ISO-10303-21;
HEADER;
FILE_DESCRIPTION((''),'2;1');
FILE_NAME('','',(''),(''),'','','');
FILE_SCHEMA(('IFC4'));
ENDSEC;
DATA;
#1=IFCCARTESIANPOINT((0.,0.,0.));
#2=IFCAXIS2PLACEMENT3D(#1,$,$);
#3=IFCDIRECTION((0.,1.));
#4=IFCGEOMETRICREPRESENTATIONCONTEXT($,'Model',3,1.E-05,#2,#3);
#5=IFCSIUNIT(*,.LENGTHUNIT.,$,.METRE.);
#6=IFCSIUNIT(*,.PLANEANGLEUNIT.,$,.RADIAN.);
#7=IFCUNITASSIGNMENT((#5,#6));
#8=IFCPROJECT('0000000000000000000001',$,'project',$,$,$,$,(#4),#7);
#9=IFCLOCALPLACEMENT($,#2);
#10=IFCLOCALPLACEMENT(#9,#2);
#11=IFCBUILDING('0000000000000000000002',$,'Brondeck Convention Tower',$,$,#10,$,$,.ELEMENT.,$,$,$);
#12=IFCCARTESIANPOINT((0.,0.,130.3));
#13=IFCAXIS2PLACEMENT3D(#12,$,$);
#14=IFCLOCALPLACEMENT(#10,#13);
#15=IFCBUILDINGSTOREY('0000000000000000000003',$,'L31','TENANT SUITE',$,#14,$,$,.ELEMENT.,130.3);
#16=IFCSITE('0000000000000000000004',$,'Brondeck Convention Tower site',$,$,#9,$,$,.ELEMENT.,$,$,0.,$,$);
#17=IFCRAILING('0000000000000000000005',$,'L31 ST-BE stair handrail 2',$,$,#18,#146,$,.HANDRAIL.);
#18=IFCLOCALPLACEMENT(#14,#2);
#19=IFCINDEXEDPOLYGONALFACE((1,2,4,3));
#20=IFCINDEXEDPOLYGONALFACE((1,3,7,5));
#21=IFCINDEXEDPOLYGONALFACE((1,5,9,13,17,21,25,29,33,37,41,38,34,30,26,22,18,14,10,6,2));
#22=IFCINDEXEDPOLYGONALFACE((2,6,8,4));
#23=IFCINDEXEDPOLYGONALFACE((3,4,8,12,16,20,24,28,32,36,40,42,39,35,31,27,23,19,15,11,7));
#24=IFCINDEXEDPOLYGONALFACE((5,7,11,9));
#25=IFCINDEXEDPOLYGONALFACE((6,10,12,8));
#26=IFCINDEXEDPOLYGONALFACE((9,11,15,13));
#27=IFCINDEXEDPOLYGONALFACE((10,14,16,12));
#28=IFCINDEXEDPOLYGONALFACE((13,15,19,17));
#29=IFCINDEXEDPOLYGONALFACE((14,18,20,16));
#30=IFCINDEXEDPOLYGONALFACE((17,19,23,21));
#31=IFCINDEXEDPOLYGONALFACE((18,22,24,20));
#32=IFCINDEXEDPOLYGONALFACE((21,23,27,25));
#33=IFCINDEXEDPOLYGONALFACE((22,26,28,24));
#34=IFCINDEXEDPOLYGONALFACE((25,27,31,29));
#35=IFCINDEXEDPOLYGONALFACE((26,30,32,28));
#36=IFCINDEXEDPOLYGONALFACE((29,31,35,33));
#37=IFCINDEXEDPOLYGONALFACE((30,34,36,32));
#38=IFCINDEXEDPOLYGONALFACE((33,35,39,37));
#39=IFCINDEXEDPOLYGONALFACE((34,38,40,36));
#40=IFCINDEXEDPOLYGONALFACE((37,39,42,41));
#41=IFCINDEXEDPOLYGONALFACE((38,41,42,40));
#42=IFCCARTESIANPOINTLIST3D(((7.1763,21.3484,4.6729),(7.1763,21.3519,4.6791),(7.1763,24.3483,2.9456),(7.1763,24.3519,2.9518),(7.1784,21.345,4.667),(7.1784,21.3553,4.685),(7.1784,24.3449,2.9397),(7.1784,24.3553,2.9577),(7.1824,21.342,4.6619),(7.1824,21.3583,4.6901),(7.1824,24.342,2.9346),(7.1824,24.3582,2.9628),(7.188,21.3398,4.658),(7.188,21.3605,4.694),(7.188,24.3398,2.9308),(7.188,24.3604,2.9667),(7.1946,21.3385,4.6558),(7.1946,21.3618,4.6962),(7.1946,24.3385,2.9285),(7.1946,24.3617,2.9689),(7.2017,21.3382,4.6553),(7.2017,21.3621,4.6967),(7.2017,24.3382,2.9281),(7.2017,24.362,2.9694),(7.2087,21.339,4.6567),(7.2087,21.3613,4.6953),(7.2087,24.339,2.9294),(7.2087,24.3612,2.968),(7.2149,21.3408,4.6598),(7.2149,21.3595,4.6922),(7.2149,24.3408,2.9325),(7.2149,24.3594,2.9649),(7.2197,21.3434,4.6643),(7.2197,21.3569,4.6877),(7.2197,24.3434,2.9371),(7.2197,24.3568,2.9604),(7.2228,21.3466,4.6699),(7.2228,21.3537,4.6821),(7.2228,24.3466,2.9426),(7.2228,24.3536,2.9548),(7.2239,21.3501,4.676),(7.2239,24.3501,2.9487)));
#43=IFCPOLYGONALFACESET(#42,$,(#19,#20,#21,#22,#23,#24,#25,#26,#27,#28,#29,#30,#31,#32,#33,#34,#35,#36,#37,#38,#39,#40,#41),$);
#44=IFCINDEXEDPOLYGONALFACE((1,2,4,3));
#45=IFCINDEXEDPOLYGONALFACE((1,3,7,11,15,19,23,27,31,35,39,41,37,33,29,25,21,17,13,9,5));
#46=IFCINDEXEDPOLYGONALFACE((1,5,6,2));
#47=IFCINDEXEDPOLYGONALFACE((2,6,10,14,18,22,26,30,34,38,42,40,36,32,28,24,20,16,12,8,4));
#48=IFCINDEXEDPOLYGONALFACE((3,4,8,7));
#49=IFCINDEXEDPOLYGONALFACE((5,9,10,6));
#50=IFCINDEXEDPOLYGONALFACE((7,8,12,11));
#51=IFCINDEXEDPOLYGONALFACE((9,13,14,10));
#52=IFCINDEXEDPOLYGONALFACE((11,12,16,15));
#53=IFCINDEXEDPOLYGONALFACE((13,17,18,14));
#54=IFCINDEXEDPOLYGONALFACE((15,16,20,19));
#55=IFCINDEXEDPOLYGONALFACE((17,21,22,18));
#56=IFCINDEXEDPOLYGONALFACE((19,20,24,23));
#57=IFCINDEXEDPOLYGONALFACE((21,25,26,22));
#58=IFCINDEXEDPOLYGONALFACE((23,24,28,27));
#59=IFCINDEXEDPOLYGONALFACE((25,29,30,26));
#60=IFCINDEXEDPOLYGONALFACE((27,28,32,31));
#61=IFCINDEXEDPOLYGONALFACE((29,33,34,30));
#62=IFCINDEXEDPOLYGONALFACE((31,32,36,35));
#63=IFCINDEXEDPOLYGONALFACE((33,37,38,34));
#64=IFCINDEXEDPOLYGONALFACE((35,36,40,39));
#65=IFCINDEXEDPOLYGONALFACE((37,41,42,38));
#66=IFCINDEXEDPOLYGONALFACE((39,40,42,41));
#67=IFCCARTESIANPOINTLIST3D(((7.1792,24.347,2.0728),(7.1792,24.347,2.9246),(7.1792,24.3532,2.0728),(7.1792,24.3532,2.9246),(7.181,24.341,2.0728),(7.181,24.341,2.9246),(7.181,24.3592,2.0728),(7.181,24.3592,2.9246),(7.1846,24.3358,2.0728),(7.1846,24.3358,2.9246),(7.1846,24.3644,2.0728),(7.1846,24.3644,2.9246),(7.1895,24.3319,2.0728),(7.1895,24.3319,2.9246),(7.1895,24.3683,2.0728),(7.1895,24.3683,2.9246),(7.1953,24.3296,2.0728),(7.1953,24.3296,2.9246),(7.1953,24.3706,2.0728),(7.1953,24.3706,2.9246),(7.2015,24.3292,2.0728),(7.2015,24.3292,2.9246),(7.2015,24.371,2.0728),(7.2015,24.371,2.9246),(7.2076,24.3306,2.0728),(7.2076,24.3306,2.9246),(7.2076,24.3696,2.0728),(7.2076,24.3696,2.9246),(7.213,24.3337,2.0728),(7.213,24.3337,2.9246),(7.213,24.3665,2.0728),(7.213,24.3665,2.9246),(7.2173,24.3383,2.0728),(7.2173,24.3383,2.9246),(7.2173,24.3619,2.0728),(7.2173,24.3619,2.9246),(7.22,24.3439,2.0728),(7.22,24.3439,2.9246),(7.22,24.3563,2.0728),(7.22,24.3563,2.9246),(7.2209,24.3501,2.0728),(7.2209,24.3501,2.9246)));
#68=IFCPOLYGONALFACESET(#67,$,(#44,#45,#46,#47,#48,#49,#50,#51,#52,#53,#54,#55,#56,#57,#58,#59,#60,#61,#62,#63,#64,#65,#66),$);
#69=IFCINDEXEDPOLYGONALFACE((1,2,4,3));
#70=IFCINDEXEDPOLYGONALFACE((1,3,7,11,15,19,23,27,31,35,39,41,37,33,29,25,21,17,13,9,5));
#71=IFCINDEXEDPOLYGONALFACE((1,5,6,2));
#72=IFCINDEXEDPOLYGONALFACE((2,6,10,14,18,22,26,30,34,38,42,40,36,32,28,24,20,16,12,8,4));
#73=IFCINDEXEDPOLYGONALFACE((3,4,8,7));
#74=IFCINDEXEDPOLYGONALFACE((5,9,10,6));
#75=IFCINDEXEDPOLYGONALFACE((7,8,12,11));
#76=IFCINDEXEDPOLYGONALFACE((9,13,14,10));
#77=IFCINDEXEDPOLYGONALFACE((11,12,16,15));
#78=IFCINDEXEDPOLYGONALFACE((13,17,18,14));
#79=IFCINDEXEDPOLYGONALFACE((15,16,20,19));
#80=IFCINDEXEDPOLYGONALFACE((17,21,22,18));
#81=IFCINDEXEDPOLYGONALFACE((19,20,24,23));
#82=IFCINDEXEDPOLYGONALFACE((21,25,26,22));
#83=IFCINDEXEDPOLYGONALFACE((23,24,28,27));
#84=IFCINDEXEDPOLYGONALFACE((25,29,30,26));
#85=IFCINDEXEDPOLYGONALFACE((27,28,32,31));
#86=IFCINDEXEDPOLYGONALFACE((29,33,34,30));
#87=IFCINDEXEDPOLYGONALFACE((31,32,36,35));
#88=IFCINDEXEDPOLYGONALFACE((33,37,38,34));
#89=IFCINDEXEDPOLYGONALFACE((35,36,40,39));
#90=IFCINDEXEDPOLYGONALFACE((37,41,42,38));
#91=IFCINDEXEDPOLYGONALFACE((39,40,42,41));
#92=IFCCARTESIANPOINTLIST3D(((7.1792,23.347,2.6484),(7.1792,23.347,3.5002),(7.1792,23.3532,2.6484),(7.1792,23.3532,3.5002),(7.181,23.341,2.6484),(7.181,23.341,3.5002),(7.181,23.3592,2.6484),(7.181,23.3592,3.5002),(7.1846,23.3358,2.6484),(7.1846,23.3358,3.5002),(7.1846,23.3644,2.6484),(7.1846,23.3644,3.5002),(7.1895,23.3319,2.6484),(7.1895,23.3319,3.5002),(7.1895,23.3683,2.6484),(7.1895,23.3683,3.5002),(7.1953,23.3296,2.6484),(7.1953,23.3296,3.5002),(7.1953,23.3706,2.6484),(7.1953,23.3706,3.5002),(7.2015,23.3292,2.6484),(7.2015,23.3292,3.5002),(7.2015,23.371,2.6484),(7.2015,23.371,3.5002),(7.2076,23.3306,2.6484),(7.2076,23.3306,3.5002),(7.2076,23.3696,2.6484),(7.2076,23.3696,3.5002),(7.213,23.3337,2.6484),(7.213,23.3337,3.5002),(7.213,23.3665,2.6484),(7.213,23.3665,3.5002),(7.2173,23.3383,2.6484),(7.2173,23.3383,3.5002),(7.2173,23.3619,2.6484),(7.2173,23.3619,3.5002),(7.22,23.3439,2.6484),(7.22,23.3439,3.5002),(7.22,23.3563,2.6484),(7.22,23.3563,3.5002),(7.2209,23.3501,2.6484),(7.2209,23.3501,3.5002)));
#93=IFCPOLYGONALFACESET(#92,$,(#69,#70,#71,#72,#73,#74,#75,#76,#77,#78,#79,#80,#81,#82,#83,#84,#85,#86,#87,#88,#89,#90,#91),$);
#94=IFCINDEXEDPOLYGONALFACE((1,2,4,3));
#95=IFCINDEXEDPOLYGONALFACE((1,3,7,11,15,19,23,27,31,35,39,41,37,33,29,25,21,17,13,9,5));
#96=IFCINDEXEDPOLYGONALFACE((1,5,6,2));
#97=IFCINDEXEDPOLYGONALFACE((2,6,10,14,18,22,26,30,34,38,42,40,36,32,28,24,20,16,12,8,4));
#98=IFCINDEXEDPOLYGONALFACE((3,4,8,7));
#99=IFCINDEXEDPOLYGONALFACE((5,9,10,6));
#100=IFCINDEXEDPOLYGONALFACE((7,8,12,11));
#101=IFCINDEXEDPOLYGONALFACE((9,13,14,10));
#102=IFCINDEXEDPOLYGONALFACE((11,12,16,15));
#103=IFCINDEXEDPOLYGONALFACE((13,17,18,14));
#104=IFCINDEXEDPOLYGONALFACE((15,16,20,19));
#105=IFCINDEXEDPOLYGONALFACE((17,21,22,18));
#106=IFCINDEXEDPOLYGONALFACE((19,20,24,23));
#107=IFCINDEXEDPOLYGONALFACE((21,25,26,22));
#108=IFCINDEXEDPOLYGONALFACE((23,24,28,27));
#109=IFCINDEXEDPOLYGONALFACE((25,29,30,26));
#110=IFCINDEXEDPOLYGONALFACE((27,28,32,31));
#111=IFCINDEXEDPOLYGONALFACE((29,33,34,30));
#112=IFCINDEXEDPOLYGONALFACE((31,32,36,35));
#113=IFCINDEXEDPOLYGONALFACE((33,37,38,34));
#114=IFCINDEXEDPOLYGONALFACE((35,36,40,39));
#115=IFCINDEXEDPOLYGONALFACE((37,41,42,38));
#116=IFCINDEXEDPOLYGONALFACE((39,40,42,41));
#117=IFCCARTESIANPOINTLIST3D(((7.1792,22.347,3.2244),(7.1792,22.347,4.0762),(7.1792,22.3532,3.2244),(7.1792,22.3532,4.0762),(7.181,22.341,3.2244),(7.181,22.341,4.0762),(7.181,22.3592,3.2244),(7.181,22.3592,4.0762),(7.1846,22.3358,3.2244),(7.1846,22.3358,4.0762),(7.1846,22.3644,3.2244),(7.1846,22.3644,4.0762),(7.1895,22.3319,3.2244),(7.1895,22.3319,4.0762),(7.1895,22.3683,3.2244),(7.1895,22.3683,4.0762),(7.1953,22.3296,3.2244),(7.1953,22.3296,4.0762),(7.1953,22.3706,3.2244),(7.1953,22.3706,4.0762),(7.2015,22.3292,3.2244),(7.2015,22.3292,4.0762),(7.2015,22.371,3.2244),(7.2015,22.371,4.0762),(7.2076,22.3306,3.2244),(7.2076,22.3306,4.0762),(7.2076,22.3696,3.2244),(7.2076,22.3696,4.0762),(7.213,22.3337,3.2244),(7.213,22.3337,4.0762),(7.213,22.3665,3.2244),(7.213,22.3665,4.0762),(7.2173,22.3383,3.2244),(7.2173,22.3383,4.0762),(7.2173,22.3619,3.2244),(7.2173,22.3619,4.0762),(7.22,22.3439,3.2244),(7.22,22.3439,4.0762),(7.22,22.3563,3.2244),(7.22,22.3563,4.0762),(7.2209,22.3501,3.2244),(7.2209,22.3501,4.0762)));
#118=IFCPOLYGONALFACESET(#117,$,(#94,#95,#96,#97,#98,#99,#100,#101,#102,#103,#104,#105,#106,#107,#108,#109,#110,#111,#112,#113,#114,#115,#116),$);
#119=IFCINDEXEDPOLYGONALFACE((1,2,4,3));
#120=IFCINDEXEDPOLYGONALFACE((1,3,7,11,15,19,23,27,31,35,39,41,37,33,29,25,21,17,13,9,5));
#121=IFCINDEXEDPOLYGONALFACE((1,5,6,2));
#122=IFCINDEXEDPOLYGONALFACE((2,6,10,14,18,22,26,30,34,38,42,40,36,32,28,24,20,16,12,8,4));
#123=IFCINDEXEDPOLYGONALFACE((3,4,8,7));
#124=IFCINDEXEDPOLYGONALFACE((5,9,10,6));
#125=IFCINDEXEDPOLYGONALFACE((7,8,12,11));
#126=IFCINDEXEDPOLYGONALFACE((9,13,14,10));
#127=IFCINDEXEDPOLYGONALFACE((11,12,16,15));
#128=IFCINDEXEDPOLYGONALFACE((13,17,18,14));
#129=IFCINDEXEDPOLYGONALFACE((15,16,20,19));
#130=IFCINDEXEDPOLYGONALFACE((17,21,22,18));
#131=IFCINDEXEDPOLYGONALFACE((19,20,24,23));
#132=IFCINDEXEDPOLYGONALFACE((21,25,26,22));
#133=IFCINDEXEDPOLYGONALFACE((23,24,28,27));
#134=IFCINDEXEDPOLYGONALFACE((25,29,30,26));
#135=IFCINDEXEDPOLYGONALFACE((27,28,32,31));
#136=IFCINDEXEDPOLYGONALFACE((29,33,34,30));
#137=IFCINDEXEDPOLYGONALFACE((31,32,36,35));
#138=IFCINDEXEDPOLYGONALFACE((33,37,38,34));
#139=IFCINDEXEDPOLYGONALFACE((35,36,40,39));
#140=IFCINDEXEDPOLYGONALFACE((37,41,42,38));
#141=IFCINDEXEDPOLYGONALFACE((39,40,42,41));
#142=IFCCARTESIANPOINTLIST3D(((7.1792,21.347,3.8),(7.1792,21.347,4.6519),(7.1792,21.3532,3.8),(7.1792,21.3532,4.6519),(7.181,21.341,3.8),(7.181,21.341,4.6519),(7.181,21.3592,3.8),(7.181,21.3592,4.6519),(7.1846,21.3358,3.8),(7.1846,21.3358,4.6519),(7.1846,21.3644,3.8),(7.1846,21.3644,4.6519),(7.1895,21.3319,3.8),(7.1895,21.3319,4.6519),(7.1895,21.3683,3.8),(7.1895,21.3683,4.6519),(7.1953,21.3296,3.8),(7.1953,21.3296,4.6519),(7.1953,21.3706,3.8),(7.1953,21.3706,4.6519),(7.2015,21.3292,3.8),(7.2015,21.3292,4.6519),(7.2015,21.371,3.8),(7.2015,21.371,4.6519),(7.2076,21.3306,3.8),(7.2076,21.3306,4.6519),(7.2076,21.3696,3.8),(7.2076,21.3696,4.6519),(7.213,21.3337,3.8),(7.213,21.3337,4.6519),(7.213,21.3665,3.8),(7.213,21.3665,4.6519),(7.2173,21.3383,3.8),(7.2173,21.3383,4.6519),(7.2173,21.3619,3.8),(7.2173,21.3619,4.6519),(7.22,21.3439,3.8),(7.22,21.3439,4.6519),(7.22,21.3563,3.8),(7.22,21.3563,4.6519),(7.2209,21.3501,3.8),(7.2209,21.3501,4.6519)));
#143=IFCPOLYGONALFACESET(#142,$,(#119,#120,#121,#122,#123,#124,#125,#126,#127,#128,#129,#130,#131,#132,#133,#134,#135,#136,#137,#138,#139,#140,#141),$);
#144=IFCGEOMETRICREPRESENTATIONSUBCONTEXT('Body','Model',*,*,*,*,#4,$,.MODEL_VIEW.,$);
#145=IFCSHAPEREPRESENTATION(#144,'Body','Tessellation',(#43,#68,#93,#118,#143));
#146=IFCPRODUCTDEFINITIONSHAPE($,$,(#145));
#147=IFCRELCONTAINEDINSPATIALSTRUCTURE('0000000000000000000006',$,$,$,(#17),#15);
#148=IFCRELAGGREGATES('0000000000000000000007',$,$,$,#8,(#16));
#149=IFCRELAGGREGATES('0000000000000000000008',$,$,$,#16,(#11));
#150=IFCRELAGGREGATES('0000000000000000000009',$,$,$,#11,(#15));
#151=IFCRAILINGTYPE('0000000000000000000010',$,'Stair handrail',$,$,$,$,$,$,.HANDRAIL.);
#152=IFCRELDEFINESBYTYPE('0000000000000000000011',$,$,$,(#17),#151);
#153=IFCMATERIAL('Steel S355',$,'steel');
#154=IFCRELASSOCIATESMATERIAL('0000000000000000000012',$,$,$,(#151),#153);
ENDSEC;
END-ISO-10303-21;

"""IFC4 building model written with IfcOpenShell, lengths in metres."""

from ifc_helpers import new_model, si_unit, direction, frame, origin, origin_2d, place, context, subcontext, project, spatial, circle, extrude, material, type_object, element, save


model = new_model("IFC4")

# Units and contexts
model_context = context("Model", 3, precision=1e-05, world=origin(), true_north=direction((0.0, 1.0)))
body_context = subcontext(model_context, "Body", "Model", "MODEL_VIEW")
ifc_project = project(units=[si_unit("LENGTHUNIT", "METRE"), si_unit("PLANEANGLEUNIT", "RADIAN")], contexts=[model_context])

# Site, building, storey
site_placement = place(None, origin())
site = spatial("IfcSite", under=ifc_project, at=site_placement, Name="Brondeck Convention Tower site", CompositionType="ELEMENT", RefElevation=0.0)
building_placement = place(site_placement, origin())
building = spatial("IfcBuilding", under=site, at=building_placement, Name="Brondeck Convention Tower", CompositionType="ELEMENT")
storey_placement = place(building_placement, frame((0.0, 0.0, 130.3)))
storey = spatial("IfcBuildingStorey", under=building, at=storey_placement, Name="L31", Description="TENANT SUITE", CompositionType="ELEMENT", Elevation=130.3)

# Shared definitions
ifc_material_1 = material(Name="Steel S355", Category="steel")

# Railing
railing_type_1 = type_object("IfcRailingType", Name="Stair handrail", PredefinedType="HANDRAIL", material=ifc_material_1)
railing_1_placement = place(storey_placement, frame((7.2, 24.3501, 2.0728)))
element("IfcRailing", 1, at=railing_1_placement, inside=storey, type_object=railing_type_1, Name="L31 ST-BE stair handrail 2", PredefinedType="HANDRAIL", context=body_context, shape_type="SweptSolid", body=[
    extrude(circle(Radius=0.0239, at=origin_2d()), frame((0.0, 0.0, 0.876), z_axis=(0.0, -0.86662, 0.498969), x_axis=(1.0, 0.0, 0.0)), (0.0, 0.0, 1.0), 3.4617),
    extrude(circle(Radius=0.021, at=origin_2d()), origin(), (0.0, 0.0, 1.0), 0.8518),
    extrude(circle(Radius=0.021, at=origin_2d()), frame((0.0, -1.0, 0.5757)), (0.0, 0.0, 1.0), 0.8518),
    extrude(circle(Radius=0.021, at=origin_2d()), frame((0.0, -2.0, 1.1516)), (0.0, 0.0, 1.0), 0.8518),
    extrude(circle(Radius=0.021, at=origin_2d()), frame((0.0, -3.0, 1.7273)), (0.0, 0.0, 1.0), 0.8518),
])

save(model, "model.ifc")
